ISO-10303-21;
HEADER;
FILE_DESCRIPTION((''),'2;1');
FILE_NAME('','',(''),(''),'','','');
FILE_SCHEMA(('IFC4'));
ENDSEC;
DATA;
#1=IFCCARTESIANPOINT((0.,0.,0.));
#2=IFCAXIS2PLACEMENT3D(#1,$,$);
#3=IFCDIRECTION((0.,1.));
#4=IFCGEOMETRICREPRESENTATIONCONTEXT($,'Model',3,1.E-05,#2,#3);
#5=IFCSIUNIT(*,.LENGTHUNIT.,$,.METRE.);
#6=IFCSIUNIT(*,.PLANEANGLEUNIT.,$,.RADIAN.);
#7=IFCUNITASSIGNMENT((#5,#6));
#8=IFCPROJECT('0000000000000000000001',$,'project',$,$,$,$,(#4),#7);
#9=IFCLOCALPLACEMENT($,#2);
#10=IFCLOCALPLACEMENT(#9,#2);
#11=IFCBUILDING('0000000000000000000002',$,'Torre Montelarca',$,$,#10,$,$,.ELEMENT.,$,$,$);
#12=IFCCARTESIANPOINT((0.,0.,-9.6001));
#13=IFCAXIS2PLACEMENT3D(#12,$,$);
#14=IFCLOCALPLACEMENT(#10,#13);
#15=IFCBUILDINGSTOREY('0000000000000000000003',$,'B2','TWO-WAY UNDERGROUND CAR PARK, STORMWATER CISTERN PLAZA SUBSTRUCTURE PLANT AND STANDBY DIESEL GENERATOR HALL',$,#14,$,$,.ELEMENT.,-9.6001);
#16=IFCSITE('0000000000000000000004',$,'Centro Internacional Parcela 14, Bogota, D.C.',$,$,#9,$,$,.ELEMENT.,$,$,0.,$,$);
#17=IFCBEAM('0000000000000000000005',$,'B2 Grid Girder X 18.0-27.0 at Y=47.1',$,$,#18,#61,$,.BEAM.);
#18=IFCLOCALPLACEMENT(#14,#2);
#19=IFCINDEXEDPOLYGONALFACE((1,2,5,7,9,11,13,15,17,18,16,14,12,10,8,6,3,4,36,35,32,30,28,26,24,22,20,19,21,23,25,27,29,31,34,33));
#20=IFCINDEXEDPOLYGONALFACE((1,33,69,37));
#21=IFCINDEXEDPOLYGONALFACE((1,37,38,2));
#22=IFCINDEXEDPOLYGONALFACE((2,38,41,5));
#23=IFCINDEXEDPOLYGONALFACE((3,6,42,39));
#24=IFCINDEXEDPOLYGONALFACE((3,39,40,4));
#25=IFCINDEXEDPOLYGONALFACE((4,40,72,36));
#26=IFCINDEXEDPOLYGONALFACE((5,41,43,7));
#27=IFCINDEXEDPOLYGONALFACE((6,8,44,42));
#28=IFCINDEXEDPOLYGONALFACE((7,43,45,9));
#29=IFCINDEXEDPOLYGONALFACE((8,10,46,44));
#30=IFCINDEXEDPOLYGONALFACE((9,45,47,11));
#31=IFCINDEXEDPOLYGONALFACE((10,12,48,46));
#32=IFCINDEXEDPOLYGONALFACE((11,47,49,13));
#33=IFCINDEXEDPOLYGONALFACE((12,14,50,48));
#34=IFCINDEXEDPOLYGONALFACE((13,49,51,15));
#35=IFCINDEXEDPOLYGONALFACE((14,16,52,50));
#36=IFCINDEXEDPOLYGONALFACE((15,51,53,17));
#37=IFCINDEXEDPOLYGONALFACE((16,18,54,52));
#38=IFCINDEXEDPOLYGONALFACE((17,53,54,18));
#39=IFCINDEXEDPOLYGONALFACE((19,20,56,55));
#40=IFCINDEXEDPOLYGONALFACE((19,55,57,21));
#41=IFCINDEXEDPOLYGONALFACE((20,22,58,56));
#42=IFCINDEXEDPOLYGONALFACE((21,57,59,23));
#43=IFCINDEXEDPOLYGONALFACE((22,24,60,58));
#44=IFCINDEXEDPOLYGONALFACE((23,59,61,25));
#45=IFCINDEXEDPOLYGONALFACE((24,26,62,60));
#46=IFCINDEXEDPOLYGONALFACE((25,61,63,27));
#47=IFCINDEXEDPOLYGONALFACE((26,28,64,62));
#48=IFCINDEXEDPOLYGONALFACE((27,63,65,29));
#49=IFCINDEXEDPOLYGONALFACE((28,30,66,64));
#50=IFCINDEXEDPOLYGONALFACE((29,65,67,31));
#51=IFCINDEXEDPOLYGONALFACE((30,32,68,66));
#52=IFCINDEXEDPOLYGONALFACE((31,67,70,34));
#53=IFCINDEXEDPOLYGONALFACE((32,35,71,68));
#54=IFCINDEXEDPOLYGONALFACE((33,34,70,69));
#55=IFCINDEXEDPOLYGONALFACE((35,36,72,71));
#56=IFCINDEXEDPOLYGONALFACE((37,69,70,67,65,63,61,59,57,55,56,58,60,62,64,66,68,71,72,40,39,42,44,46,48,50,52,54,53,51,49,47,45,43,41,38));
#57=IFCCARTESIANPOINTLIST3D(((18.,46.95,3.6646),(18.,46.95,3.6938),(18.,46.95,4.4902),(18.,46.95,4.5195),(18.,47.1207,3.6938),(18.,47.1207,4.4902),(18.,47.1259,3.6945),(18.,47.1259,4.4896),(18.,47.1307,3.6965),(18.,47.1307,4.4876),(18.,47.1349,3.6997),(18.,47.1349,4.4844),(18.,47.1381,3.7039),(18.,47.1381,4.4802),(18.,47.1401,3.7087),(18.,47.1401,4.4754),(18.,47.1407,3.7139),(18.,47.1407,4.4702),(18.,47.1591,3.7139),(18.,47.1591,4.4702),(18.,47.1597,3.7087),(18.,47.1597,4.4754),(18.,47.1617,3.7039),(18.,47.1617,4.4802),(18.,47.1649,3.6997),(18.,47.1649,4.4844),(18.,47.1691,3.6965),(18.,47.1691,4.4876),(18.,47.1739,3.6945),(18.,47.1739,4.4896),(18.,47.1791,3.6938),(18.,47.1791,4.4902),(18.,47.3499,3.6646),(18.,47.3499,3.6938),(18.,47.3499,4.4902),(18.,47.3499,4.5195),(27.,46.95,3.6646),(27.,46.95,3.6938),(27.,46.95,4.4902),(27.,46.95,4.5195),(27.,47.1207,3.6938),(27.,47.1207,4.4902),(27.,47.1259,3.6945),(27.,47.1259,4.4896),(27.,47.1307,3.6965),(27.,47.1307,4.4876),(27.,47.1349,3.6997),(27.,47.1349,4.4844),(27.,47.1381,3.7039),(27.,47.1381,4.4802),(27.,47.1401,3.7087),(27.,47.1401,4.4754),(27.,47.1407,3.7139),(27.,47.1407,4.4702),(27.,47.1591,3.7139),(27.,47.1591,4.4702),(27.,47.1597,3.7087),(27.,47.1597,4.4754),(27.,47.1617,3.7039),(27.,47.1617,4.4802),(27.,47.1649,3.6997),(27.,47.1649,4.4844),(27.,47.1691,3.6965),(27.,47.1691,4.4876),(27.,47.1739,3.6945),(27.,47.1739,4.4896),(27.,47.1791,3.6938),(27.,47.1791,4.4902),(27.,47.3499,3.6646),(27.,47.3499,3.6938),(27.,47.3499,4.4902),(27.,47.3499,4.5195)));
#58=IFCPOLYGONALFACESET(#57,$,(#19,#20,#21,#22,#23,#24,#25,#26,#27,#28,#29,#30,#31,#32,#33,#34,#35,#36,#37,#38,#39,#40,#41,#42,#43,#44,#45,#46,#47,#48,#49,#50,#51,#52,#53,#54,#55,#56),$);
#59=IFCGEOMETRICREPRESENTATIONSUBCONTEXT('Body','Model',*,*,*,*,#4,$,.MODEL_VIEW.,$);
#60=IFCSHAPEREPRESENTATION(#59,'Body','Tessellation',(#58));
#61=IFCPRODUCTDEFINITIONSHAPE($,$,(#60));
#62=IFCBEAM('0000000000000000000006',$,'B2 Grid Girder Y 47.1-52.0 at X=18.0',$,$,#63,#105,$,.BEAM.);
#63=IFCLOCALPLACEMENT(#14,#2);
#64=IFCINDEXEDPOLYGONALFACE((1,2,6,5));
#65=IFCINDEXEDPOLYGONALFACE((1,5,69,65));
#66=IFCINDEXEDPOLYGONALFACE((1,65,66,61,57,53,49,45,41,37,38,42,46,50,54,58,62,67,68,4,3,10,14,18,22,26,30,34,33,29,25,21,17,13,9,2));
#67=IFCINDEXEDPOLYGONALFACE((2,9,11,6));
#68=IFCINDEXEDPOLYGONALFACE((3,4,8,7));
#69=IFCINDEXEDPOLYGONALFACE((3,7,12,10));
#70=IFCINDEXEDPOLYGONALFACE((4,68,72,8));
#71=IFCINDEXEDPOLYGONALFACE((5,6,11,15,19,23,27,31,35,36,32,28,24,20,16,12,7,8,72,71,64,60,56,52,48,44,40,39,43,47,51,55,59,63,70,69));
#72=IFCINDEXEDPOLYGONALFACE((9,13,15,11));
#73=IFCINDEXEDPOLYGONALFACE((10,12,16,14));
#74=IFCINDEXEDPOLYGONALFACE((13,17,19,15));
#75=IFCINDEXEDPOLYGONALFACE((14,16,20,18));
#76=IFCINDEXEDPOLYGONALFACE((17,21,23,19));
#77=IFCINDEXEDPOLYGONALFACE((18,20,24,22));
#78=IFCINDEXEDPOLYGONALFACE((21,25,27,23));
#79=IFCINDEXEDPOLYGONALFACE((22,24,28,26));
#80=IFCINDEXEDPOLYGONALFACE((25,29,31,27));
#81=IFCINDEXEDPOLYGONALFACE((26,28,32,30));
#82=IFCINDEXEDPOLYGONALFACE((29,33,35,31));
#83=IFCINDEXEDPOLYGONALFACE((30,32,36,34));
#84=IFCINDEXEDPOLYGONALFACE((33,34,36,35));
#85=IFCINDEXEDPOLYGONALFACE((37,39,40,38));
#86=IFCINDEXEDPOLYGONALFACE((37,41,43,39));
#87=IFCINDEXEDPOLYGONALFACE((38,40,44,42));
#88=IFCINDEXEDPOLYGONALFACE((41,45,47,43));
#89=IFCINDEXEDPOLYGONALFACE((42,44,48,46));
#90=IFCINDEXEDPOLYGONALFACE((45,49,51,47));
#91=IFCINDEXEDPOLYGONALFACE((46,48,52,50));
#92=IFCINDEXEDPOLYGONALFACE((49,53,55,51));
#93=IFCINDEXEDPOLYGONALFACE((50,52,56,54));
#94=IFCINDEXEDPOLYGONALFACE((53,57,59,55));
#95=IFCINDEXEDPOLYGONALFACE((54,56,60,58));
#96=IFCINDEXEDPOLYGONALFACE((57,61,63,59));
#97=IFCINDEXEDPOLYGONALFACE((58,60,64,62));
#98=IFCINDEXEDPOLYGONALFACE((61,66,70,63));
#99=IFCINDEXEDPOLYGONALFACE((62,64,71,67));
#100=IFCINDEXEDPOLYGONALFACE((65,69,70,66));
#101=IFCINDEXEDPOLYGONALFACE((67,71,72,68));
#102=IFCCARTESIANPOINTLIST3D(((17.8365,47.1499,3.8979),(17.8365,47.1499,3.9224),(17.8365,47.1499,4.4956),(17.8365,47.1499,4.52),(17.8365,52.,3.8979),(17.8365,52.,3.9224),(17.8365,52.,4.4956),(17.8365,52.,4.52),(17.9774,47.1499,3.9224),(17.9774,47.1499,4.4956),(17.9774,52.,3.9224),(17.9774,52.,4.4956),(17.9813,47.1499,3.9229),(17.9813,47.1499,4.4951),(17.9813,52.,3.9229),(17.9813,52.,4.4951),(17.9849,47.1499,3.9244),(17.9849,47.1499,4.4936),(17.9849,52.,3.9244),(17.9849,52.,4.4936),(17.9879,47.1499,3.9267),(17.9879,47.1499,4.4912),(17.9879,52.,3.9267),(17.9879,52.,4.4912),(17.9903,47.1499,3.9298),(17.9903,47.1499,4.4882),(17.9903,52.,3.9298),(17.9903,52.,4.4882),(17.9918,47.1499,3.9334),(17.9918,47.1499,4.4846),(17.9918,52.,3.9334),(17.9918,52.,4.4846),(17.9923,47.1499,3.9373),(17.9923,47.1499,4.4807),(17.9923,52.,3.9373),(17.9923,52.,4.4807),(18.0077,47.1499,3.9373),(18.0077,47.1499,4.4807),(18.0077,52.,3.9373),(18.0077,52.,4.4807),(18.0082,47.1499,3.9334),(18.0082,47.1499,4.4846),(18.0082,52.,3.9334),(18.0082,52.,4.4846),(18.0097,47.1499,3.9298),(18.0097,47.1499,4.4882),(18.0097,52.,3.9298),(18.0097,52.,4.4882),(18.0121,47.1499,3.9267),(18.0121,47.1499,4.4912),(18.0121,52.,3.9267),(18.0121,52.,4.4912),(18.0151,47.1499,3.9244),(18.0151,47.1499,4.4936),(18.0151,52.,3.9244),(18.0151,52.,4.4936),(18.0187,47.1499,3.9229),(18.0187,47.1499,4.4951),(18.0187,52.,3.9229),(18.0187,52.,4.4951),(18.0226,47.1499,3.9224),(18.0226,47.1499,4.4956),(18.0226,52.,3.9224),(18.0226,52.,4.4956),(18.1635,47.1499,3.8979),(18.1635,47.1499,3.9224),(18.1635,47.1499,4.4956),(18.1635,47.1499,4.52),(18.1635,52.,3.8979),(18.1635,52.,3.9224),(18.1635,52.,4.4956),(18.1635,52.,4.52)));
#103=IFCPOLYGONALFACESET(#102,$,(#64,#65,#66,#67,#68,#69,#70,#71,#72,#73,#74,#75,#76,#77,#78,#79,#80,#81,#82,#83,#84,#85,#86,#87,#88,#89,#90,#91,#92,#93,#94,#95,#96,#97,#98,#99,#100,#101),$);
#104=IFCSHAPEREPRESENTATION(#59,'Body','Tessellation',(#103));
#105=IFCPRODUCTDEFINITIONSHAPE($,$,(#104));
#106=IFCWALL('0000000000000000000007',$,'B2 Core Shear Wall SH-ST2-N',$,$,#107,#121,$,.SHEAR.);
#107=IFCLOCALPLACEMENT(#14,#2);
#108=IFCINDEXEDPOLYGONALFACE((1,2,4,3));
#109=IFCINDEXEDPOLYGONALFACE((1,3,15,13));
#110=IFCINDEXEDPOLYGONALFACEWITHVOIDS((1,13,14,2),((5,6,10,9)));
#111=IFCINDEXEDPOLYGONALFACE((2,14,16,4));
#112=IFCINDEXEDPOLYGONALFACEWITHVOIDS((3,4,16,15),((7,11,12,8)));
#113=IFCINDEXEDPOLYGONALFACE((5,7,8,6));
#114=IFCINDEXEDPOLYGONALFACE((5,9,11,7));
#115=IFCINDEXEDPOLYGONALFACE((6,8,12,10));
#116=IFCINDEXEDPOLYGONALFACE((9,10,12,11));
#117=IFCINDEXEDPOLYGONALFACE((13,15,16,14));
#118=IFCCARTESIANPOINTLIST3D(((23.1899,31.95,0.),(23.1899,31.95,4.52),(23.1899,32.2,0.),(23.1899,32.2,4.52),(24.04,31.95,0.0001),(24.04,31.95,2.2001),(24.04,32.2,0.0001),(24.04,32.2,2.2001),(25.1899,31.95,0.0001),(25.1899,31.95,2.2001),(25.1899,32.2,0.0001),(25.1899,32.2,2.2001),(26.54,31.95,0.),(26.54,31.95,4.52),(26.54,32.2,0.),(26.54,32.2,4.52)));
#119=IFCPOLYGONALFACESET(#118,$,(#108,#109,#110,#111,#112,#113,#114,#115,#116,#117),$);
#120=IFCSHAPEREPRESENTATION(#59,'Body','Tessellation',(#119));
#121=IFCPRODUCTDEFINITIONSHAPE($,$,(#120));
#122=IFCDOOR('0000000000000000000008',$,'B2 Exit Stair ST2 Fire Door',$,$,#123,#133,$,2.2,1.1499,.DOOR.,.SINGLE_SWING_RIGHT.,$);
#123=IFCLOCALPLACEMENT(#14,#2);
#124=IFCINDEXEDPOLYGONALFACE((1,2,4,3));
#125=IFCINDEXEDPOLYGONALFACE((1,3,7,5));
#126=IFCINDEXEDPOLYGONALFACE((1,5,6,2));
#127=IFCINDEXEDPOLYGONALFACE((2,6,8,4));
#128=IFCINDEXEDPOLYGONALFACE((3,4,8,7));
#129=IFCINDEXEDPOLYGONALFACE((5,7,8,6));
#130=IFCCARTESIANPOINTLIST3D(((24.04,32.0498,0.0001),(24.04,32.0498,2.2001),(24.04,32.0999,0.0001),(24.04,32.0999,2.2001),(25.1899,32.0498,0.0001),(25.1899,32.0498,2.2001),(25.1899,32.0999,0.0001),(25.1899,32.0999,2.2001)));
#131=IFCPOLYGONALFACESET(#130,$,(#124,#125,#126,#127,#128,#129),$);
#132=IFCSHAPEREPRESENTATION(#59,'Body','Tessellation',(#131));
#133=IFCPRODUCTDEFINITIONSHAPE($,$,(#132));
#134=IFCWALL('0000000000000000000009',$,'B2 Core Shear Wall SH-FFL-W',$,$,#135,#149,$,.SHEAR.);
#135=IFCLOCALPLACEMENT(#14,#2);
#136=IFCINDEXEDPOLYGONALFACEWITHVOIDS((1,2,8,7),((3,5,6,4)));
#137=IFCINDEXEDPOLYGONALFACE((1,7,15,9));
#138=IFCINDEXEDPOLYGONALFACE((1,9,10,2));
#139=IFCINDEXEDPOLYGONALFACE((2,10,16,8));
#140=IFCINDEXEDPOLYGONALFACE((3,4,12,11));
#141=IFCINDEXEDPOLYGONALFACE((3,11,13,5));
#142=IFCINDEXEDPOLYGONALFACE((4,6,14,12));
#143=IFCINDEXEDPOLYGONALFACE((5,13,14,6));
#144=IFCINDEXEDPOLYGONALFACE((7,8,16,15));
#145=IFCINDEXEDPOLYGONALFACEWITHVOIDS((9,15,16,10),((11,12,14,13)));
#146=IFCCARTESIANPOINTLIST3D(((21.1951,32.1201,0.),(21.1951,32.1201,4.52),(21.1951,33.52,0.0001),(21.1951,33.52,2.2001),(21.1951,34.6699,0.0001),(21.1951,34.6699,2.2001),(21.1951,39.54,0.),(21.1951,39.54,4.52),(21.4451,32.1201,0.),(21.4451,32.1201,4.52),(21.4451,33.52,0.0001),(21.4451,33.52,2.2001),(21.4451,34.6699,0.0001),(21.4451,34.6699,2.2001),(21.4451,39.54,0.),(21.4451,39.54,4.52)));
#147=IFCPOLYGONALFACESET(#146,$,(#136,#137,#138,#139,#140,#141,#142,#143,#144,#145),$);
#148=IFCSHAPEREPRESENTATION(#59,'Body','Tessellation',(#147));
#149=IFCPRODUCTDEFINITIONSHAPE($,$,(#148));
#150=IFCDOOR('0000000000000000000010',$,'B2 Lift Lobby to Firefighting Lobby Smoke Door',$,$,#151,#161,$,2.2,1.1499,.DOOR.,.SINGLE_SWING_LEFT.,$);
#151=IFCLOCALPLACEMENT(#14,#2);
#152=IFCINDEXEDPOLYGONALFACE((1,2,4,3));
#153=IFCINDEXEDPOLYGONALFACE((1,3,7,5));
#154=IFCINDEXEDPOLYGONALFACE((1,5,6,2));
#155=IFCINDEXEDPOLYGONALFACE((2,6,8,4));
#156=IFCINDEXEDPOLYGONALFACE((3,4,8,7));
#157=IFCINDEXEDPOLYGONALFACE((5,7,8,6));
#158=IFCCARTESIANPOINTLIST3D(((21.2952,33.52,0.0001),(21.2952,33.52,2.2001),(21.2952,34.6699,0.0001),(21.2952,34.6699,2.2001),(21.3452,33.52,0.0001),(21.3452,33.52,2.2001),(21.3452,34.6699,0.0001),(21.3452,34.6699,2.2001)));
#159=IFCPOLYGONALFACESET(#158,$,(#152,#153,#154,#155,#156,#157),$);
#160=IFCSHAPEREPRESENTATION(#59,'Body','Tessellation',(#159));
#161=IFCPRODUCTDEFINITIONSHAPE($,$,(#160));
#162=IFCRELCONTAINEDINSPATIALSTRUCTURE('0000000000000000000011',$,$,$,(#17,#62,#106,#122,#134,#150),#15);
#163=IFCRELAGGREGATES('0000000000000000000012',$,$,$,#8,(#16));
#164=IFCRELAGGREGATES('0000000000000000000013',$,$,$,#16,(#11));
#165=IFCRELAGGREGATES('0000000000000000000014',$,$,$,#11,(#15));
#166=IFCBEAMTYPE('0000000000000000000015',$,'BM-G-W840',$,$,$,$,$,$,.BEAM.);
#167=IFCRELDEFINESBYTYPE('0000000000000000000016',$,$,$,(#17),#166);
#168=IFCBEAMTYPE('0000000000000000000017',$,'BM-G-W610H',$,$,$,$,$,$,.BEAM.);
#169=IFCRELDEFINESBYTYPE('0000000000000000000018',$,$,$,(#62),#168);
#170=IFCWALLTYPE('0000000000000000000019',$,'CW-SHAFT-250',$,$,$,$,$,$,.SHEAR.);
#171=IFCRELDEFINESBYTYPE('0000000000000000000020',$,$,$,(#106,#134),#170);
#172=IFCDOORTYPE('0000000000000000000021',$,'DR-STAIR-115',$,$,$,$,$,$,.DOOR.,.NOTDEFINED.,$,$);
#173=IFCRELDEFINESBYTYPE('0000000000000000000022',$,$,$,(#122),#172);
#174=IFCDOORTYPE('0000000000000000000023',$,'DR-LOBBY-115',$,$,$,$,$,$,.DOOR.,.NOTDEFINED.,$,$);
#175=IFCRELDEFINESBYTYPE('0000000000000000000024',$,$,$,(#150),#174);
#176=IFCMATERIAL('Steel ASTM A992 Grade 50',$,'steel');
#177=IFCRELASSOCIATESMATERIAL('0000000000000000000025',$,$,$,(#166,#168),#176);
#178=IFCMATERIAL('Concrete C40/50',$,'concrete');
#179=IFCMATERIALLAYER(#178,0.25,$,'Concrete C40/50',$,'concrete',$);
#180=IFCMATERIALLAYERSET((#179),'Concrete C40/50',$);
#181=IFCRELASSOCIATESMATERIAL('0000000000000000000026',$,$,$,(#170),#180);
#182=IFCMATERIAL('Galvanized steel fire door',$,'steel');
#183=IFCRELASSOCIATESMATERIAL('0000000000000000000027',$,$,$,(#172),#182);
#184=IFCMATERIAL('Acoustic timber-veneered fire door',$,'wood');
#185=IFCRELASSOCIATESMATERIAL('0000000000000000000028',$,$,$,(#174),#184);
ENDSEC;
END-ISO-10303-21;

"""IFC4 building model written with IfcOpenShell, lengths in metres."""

from ifc_helpers import new_model, si_unit, direction, frame, frame_2d, origin, origin_2d, place, context, subcontext, project, spatial, rectangle, i_section, extrude, source, transform, mapped, material, layer, layer_set, material_profile, profile_set, type_object, element, fill, save


model = new_model("IFC4")

# Units and contexts
model_context = context("Model", 3, precision=1e-05, world=origin(), true_north=direction((0.0, 1.0)))
body_context = subcontext(model_context, "Body", "Model", "MODEL_VIEW")
ifc_project = project(units=[si_unit("LENGTHUNIT", "METRE"), si_unit("PLANEANGLEUNIT", "RADIAN")], contexts=[model_context])

# Site, building, storey
site_placement = place(None, origin())
site = spatial("IfcSite", under=ifc_project, at=site_placement, Name="Centro Internacional Parcela 14, Bogota, D.C.", CompositionType="ELEMENT", RefElevation=0.0)
building_placement = place(site_placement, origin())
building = spatial("IfcBuilding", under=site, at=building_placement, Name="Torre Montelarca", CompositionType="ELEMENT")
storey_placement = place(building_placement, frame((0.0, 0.0, -9.6001)))
storey = spatial("IfcBuildingStorey", under=building, at=storey_placement, Name="B2", Description="TWO-WAY UNDERGROUND CAR PARK, STORMWATER CISTERN PLAZA SUBSTRUCTURE PLANT AND STANDBY DIESEL GENERATOR HALL", CompositionType="ELEMENT", Elevation=-9.6001)

# Shared definitions
ifc_material_1 = material(Name="Concrete C40/50", Category="concrete")

# Beams
ifc_material_2 = material(Name="Steel ASTM A992 Grade 50", Category="steel")
ifc_material_profile_1 = material_profile(ifc_material_2, i_section(OverallWidth=0.3999, OverallDepth=0.855, WebThickness=0.0183, FlangeThickness=0.0293, FilletRadius=0.02, at=origin_2d()), Name="W840X299", Category="steel")
ifc_profile_set_1 = profile_set([ifc_material_profile_1], Name="Steel ASTM A992 Grade 50")
beam_type_1 = type_object("IfcBeamType", Name="BM-G-W840", PredefinedType="BEAM", material=ifc_profile_set_1)
shared_shape_1 = source(origin(), body_context, "Body", "SweptSolid", [
    extrude(i_section(OverallWidth=0.3999, OverallDepth=0.855, WebThickness=0.0183, FlangeThickness=0.0293, FilletRadius=0.02, at=origin_2d()), origin(), (0.0, 0.0, 1.0), 9.0),
])
beam_1_placement = place(storey_placement, frame((18.0, 47.1499, 4.092), z_axis=(1.0, 0.0, 0.0), x_axis=(0.0, 1.0, 0.0)))
element("IfcBeam", 1, at=beam_1_placement, inside=storey, type_object=beam_type_1, Name="B2 Grid Girder X 18.0-27.0 at Y=47.1", PredefinedType="BEAM", context=body_context, shape_type="MappedRepresentation", body=[
    mapped(shared_shape_1, transform((0.0, 0.0, 0.0), scale=1.0)),
])
ifc_material_profile_2 = material_profile(ifc_material_2, i_section(OverallWidth=0.3269, OverallDepth=0.6221, WebThickness=0.0154, FlangeThickness=0.0244, FilletRadius=0.0149, at=origin_2d()), Name="W610X195", Category="steel")
ifc_profile_set_2 = profile_set([ifc_material_profile_2], Name="Steel ASTM A992 Grade 50")
beam_type_2 = type_object("IfcBeamType", Name="BM-G-W610H", PredefinedType="BEAM", material=ifc_profile_set_2)
shared_shape_2 = source(origin(), body_context, "Body", "SweptSolid", [
    extrude(i_section(OverallWidth=0.3269, OverallDepth=0.6221, WebThickness=0.0154, FlangeThickness=0.0244, FilletRadius=0.0149, at=origin_2d()), origin(), (0.0, 0.0, 1.0), 4.8501),
])
beam_2_placement = place(storey_placement, frame((18.0, 47.1499, 4.209), z_axis=(0.0, 1.0, 0.0), x_axis=(-1.0, 0.0, 0.0)))
element("IfcBeam", 2, at=beam_2_placement, inside=storey, type_object=beam_type_2, Name="B2 Grid Girder Y 47.1-52.0 at X=18.0", PredefinedType="BEAM", context=body_context, shape_type="MappedRepresentation", body=[
    mapped(shared_shape_2, transform((0.0, 0.0, 0.0), scale=1.0)),
])

# Walls, openings, doors
ifc_layer_1 = layer(ifc_material_1, 0.25, Name="Concrete C40/50", Category="concrete")
ifc_layer_set_1 = layer_set([ifc_layer_1], Name="Concrete C40/50")
wall_type_1 = type_object("IfcWallType", Name="CW-SHAFT-250", PredefinedType="SHEAR", material=ifc_layer_set_1)
wall_1_placement = place(storey_placement, frame((23.1899, 32.075, 0.0), z_axis=(0.0, 0.0, 1.0), x_axis=(1.0, 0.0, 0.0)))
wall_1 = element("IfcWall", 3, at=wall_1_placement, inside=storey, type_object=wall_type_1, Name="B2 Core Shear Wall SH-ST2-N", PredefinedType="SHEAR", context=body_context, shape_type="SweptSolid", body=[
    extrude(rectangle(XDim=3.3501, YDim=0.25, at=frame_2d((1.675, 0.0))), origin(), (0.0, 0.0, 1.0), 4.52),
])
opening_1_placement = place(wall_1_placement, frame((0.8501, 0.0, 0.0)))
opening_1 = element("IfcOpeningElement", 4, at=opening_1_placement, cuts=wall_1, PredefinedType="OPENING", context=body_context, shape_type="SweptSolid", body=[
    extrude(rectangle(XDim=1.1499, YDim=2.2, at=frame_2d((0.575, 1.1001))), frame((0.0, 0.135, 0.0), z_axis=(0.0, -1.0, 0.0), x_axis=(1.0, 0.0, 0.0)), (0.0, 0.0, 1.0), 0.27),
])
ifc_material_3 = material(Name="Galvanized steel fire door", Category="steel")
door_type_1 = type_object("IfcDoorType", Name="DR-STAIR-115", OperationType="NOTDEFINED", PredefinedType="DOOR", material=ifc_material_3)
shared_shape_3 = source(origin(), body_context, "Body", "SweptSolid", [
    extrude(rectangle(XDim=1.1499, YDim=2.2, at=frame_2d((0.575, 1.1001))), frame((0.0, 0.0249, 0.0), z_axis=(0.0, -1.0, 0.0), x_axis=(1.0, 0.0, 0.0)), (0.0, 0.0, 1.0), 0.05),
])
door_1_placement = place(opening_1_placement, origin())
door_1 = element("IfcDoor", 5, at=door_1_placement, inside=storey, type_object=door_type_1, Name="B2 Exit Stair ST2 Fire Door", OperationType="SINGLE_SWING_RIGHT", OverallHeight=2.2, OverallWidth=1.1499, PredefinedType="DOOR", context=body_context, shape_type="MappedRepresentation", body=[
    mapped(shared_shape_3, transform((0.0, 0.0, 0.0), scale=1.0)),
])
fill(opening_1, door_1)
wall_2_placement = place(storey_placement, frame((21.3201, 32.1201, 0.0), z_axis=(0.0, 0.0, 1.0), x_axis=(0.0, 1.0, 0.0)))
wall_2 = element("IfcWall", 6, at=wall_2_placement, inside=storey, type_object=wall_type_1, Name="B2 Core Shear Wall SH-FFL-W", PredefinedType="SHEAR", context=body_context, shape_type="SweptSolid", body=[
    extrude(rectangle(XDim=7.4199, YDim=0.25, at=frame_2d((3.71, 0.0))), origin(), (0.0, 0.0, 1.0), 4.52),
])
opening_2_placement = place(wall_2_placement, frame((1.3999, 0.0, 0.0)))
opening_2 = element("IfcOpeningElement", 7, at=opening_2_placement, cuts=wall_2, PredefinedType="OPENING", context=body_context, shape_type="SweptSolid", body=[
    extrude(rectangle(XDim=1.1499, YDim=2.2, at=frame_2d((0.575, 1.1001))), frame((0.0, 0.135, 0.0), z_axis=(0.0, -1.0, 0.0), x_axis=(1.0, 0.0, 0.0)), (0.0, 0.0, 1.0), 0.27),
])
ifc_material_4 = material(Name="Acoustic timber-veneered fire door", Category="wood")
door_type_2 = type_object("IfcDoorType", Name="DR-LOBBY-115", OperationType="NOTDEFINED", PredefinedType="DOOR", material=ifc_material_4)
shared_shape_4 = source(origin(), body_context, "Body", "SweptSolid", [
    extrude(rectangle(XDim=1.1499, YDim=2.2, at=frame_2d((0.575, 1.1001))), frame((0.0, 0.0249, 0.0), z_axis=(0.0, -1.0, 0.0), x_axis=(1.0, 0.0, 0.0)), (0.0, 0.0, 1.0), 0.05),
])
door_2_placement = place(opening_2_placement, origin())
door_2 = element("IfcDoor", 8, at=door_2_placement, inside=storey, type_object=door_type_2, Name="B2 Lift Lobby to Firefighting Lobby Smoke Door", OperationType="SINGLE_SWING_LEFT", OverallHeight=2.2, OverallWidth=1.1499, PredefinedType="DOOR", context=body_context, shape_type="MappedRepresentation", body=[
    mapped(shared_shape_4, transform((0.0, 0.0, 0.0), scale=1.0)),
])
fill(opening_2, door_2)

save(model, "model.ifc")
